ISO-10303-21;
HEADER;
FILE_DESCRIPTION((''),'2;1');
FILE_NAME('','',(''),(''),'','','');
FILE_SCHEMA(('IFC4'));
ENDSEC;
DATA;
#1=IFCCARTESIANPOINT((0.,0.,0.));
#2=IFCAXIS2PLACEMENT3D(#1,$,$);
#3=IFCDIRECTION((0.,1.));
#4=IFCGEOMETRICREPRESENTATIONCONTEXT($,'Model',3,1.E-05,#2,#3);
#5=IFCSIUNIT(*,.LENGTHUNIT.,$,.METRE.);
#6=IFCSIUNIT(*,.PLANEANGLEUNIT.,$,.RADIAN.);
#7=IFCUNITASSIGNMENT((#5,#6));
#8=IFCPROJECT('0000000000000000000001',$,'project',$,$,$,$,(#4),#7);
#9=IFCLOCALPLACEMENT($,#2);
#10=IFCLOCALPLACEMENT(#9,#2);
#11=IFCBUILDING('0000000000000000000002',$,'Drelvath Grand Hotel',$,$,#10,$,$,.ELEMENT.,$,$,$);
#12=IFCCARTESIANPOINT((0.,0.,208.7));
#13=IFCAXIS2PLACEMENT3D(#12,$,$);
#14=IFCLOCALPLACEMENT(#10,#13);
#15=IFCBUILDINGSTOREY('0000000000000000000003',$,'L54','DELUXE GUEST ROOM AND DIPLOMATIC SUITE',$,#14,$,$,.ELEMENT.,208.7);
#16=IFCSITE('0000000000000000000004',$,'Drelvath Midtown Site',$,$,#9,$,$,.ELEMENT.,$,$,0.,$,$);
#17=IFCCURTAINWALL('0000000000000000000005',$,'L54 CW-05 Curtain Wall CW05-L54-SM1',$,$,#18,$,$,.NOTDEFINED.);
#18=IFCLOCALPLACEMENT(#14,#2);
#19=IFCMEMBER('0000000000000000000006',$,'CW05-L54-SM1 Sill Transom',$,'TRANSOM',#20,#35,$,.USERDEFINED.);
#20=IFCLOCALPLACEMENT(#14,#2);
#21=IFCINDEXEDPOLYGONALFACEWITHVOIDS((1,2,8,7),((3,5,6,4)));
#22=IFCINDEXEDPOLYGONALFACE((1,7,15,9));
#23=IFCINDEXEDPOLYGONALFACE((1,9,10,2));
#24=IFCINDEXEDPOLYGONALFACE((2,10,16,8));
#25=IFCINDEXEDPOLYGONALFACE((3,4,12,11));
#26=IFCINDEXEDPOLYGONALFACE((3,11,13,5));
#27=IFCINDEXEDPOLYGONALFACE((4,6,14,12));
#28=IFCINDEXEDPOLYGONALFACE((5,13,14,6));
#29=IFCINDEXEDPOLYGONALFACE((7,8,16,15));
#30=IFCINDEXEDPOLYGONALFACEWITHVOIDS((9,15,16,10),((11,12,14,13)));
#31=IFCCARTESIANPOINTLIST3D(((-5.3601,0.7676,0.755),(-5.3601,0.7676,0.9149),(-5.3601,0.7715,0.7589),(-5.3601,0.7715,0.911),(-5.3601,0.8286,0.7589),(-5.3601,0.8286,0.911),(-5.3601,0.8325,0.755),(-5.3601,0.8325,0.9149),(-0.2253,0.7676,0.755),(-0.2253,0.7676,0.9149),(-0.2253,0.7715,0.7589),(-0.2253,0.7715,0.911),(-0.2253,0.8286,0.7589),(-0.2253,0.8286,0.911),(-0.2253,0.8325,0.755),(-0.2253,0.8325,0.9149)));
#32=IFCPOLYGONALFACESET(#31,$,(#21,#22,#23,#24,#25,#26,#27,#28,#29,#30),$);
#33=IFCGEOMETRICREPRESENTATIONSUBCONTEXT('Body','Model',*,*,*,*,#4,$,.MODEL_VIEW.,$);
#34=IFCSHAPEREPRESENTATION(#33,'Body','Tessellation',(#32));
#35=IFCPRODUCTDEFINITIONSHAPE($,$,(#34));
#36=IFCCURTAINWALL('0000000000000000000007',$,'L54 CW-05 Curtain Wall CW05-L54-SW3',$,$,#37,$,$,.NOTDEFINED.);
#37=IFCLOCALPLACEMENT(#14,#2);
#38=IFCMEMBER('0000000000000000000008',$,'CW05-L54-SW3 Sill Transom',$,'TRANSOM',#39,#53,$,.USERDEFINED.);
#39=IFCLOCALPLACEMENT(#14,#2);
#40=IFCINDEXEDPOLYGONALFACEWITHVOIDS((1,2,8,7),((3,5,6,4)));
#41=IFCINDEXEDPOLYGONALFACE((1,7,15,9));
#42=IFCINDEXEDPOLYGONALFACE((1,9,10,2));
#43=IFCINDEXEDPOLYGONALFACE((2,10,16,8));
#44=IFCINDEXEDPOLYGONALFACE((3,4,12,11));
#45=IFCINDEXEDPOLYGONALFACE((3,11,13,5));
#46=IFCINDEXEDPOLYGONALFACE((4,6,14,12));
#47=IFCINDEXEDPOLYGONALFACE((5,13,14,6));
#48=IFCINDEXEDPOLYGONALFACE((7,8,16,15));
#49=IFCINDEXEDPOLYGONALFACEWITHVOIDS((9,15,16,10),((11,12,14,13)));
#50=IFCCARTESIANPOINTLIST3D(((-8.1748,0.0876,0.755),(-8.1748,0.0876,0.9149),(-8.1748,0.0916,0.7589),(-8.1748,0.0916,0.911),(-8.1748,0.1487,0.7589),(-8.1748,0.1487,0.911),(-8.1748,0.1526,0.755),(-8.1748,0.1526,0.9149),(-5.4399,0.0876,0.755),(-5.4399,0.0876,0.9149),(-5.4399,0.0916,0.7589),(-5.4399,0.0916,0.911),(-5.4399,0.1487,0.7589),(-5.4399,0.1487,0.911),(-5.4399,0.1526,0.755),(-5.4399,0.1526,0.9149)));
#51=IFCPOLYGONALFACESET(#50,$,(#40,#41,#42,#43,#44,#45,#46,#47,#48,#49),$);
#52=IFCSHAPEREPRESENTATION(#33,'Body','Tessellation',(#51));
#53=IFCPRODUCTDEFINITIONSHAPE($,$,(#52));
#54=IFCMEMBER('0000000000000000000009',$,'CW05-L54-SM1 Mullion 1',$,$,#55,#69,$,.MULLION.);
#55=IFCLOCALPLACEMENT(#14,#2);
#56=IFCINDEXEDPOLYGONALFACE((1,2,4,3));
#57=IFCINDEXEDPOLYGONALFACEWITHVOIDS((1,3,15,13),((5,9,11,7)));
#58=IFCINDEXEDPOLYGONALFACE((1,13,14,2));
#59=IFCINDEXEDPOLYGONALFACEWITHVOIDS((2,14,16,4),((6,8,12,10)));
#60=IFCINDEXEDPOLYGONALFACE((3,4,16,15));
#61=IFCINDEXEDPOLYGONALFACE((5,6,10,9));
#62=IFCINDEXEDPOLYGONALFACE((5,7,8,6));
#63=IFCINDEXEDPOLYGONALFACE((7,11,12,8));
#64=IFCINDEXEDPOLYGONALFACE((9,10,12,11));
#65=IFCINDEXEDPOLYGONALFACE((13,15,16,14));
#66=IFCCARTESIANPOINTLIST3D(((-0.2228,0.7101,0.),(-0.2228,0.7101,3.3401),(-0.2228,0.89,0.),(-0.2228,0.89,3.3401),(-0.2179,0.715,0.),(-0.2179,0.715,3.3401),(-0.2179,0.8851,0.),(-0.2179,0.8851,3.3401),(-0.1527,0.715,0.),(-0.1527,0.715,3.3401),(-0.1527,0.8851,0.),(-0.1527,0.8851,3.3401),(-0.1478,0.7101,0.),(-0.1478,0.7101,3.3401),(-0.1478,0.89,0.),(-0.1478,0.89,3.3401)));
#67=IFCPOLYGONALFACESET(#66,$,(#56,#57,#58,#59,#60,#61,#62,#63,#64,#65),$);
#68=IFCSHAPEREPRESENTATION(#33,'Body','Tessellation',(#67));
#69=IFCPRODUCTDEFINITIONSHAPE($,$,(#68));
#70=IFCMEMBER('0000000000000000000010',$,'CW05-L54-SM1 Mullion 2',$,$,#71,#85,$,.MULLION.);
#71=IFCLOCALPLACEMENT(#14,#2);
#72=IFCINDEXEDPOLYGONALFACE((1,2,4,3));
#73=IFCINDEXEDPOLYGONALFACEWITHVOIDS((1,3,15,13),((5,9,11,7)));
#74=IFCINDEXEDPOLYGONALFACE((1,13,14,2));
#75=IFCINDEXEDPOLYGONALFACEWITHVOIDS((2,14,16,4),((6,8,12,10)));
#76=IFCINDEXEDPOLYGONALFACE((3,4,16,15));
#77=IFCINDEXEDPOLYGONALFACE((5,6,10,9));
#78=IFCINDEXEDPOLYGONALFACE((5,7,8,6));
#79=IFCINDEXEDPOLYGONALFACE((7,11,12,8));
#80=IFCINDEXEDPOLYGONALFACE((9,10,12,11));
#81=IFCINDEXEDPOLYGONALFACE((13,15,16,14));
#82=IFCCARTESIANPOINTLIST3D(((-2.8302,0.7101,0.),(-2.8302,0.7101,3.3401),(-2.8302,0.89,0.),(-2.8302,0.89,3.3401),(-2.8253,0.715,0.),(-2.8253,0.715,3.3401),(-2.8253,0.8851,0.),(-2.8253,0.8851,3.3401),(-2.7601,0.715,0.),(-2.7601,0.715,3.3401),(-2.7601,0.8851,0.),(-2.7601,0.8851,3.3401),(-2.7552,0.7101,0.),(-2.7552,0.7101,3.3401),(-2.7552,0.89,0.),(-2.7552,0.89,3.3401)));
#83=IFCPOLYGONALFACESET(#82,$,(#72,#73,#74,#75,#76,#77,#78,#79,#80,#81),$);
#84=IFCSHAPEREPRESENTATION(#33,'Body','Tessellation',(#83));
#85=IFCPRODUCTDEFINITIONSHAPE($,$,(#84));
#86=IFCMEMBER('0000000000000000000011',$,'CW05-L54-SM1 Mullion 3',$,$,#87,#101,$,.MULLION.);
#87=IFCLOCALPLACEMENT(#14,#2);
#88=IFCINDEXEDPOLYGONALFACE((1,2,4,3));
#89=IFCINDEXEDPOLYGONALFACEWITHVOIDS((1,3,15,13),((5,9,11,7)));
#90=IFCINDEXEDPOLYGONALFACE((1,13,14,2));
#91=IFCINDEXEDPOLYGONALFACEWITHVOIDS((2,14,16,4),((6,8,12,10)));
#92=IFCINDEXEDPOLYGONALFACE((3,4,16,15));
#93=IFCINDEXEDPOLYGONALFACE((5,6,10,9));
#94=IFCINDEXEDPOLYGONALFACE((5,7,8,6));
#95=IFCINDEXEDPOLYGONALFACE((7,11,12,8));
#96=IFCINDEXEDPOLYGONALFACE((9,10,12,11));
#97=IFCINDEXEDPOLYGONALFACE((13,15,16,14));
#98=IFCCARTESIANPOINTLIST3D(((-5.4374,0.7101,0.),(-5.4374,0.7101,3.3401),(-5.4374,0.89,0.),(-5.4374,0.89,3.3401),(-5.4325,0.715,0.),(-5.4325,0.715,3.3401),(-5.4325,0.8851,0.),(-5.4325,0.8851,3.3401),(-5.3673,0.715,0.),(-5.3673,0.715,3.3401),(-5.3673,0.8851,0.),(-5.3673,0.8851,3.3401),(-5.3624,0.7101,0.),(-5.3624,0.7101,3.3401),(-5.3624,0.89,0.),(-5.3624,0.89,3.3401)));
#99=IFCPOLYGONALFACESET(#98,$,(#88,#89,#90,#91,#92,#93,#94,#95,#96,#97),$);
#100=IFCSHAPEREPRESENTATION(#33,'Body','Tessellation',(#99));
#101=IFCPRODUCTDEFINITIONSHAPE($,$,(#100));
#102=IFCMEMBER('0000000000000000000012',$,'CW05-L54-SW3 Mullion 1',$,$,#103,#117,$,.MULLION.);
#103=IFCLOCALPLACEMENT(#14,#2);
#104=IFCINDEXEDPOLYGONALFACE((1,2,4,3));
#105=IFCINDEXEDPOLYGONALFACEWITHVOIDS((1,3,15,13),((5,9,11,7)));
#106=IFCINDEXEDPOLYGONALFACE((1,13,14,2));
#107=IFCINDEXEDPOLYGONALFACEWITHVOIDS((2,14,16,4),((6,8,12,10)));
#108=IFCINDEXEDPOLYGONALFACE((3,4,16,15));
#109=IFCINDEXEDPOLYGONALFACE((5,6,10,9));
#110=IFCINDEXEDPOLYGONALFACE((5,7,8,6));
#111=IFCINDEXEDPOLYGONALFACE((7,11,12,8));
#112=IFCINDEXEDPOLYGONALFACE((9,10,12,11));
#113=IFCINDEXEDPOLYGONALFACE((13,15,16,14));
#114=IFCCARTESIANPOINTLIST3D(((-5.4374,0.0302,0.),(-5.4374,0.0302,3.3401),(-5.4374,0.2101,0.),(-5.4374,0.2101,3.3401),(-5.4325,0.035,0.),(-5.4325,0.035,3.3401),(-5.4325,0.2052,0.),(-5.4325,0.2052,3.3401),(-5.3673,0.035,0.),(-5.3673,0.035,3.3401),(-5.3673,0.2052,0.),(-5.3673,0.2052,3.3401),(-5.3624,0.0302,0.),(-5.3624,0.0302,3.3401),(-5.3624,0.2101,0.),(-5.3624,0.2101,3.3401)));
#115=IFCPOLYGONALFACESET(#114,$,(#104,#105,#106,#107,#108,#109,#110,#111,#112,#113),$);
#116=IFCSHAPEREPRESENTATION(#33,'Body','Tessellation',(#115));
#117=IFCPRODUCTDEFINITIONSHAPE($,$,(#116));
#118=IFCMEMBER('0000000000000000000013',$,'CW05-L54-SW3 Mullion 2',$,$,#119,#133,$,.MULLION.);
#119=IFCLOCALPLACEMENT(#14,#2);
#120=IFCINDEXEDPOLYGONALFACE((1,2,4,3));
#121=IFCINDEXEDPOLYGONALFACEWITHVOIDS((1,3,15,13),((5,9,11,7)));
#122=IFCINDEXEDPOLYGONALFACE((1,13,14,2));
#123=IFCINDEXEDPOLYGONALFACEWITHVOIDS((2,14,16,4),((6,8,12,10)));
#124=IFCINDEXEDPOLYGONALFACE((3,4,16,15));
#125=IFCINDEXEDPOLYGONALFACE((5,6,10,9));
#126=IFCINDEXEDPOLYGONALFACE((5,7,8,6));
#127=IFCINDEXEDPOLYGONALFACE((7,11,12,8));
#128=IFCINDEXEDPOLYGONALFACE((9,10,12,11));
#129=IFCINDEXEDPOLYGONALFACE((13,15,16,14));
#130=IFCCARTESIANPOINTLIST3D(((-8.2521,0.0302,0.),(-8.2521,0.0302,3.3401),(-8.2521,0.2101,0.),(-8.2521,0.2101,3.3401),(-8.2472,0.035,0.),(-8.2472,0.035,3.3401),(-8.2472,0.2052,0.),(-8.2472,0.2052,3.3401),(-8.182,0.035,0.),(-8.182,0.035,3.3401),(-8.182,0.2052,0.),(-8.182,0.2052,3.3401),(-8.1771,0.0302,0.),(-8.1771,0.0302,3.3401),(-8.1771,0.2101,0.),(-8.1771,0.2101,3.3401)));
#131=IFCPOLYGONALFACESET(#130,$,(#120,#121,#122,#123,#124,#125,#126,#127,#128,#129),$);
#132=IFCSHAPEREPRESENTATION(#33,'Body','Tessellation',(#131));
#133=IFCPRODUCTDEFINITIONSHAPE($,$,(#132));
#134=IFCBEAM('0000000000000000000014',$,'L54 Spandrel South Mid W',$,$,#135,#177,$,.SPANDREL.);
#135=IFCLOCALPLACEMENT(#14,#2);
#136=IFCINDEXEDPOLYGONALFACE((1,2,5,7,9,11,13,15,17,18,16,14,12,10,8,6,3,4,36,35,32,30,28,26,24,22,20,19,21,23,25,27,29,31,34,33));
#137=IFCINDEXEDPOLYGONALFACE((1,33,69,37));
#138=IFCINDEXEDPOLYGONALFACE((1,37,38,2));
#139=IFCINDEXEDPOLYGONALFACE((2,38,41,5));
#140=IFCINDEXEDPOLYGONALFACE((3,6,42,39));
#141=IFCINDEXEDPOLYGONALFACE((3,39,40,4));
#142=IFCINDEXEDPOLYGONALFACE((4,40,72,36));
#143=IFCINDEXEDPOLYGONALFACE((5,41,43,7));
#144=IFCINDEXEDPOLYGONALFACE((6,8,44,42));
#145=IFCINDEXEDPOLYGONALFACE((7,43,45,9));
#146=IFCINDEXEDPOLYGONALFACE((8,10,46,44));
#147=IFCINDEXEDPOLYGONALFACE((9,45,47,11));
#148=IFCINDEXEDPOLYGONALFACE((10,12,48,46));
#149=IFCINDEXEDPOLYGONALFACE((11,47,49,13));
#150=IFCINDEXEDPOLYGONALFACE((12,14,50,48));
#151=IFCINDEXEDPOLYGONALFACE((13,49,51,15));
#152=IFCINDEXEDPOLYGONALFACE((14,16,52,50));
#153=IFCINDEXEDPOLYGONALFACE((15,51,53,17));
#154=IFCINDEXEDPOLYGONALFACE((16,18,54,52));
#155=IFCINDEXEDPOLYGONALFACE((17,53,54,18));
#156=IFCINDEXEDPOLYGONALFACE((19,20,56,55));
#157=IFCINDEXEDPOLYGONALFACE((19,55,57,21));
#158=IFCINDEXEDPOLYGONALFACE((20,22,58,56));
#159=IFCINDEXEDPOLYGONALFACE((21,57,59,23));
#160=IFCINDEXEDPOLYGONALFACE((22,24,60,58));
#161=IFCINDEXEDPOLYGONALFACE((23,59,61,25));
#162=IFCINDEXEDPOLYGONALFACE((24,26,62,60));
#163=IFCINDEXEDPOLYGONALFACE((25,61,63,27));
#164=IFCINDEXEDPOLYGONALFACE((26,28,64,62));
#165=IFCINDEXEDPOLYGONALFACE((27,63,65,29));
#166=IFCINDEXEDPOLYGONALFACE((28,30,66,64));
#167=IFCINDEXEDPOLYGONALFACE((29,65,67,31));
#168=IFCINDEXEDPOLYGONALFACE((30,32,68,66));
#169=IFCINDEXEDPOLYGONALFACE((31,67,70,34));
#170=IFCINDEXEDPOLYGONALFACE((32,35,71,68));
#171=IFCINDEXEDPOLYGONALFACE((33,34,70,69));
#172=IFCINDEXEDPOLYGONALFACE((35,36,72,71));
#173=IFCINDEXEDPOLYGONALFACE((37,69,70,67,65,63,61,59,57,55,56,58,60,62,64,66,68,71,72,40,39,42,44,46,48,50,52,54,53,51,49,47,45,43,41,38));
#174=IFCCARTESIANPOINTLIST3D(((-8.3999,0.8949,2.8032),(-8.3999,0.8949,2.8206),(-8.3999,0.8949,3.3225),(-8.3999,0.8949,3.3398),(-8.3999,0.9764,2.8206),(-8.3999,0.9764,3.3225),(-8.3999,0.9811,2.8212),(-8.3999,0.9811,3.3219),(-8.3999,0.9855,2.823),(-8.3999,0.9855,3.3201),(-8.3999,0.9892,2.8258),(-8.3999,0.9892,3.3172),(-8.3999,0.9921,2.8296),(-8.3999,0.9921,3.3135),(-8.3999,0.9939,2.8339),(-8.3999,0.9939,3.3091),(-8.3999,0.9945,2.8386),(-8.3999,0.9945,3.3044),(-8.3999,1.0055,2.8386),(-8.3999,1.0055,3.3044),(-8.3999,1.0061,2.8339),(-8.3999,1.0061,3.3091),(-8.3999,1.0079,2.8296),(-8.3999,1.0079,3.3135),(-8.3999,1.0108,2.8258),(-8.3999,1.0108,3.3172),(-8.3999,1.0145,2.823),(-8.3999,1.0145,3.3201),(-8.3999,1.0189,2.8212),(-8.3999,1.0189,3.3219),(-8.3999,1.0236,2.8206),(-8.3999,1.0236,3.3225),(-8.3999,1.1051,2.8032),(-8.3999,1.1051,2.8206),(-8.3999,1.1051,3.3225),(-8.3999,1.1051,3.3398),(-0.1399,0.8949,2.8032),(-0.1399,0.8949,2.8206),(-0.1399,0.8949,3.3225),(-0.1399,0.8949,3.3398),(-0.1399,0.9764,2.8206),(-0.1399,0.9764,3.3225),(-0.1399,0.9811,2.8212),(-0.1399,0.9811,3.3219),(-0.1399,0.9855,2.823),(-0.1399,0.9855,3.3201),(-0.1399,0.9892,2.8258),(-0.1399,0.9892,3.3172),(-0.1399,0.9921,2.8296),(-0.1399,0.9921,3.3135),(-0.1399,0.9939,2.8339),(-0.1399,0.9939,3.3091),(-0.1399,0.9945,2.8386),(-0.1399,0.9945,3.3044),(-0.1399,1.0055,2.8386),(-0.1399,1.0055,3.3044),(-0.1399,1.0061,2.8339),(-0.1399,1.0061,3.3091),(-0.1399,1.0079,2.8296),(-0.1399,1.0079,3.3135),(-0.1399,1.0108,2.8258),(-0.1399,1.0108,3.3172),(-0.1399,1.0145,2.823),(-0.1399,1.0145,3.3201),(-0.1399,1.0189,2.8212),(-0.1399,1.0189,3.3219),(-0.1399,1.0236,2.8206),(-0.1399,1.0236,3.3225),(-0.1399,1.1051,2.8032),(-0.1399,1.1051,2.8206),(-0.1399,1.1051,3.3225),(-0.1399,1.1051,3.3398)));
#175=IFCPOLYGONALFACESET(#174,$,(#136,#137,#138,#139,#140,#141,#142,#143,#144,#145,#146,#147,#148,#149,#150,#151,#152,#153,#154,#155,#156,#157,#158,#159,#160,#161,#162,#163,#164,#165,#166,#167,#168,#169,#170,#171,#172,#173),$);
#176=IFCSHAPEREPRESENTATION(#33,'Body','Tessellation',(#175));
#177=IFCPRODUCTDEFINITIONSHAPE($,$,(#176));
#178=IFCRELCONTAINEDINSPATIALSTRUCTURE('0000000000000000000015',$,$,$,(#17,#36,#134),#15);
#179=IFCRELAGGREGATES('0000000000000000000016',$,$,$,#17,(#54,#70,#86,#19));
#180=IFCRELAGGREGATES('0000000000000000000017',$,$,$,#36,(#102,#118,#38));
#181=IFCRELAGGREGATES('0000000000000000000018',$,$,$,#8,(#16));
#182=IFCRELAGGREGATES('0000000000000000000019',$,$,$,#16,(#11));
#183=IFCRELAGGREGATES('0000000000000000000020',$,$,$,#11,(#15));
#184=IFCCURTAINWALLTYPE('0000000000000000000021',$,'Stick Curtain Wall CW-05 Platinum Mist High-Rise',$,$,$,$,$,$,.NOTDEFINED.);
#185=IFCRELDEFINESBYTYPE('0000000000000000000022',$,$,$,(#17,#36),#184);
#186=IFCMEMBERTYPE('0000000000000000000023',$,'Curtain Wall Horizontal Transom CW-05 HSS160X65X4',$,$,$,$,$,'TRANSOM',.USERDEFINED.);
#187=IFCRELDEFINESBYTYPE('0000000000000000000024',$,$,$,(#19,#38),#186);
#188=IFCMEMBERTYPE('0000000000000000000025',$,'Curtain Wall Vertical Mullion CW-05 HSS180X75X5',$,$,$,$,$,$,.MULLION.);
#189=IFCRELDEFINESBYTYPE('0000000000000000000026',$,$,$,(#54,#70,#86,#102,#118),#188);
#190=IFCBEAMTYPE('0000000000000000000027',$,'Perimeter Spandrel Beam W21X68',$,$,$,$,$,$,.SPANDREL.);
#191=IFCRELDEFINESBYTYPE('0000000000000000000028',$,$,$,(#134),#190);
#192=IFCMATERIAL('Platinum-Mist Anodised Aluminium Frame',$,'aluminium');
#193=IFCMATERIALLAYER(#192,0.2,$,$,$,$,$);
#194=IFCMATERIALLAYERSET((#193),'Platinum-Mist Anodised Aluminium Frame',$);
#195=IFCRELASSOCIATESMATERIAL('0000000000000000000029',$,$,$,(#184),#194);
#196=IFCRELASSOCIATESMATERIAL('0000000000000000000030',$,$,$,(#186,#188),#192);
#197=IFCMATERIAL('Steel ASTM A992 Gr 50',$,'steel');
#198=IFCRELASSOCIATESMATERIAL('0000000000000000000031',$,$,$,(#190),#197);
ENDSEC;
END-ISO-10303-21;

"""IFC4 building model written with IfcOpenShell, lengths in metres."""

from ifc_helpers import new_model, si_unit, direction, frame, origin, origin_2d, place, context, subcontext, project, spatial, hollow_rectangle, i_section, extrude, material, layer, layer_set, material_profile, profile_set, type_object, element, aggregate, save


model = new_model("IFC4")

# Units and contexts
model_context = context("Model", 3, precision=1e-05, world=origin(), true_north=direction((0.0, 1.0)))
body_context = subcontext(model_context, "Body", "Model", "MODEL_VIEW")
ifc_project = project(units=[si_unit("LENGTHUNIT", "METRE"), si_unit("PLANEANGLEUNIT", "RADIAN")], contexts=[model_context])

# Site, building, storey
site_placement = place(None, origin())
site = spatial("IfcSite", under=ifc_project, at=site_placement, Name="Drelvath Midtown Site", CompositionType="ELEMENT", RefElevation=0.0)
building_placement = place(site_placement, origin())
building = spatial("IfcBuilding", under=site, at=building_placement, Name="Drelvath Grand Hotel", CompositionType="ELEMENT")
storey_placement = place(building_placement, frame((0.0, 0.0, 208.7)))
storey = spatial("IfcBuildingStorey", under=building, at=storey_placement, Name="L54", Description="DELUXE GUEST ROOM AND DIPLOMATIC SUITE", CompositionType="ELEMENT", Elevation=208.7)

# Curtain walls, members
ifc_material_1 = material(Name="Platinum-Mist Anodised Aluminium Frame", Category="aluminium")
ifc_layer_1 = layer(ifc_material_1, 0.2)
ifc_layer_set_1 = layer_set([ifc_layer_1], Name="Platinum-Mist Anodised Aluminium Frame")
curtain_wall_type = type_object("IfcCurtainWallType", Name="Stick Curtain Wall CW-05 Platinum Mist High-Rise", PredefinedType="NOTDEFINED", material=ifc_layer_set_1)
curtain_wall_1_placement = place(storey_placement, origin())
curtain_wall_1 = element("IfcCurtainWall", 1, at=curtain_wall_1_placement, inside=storey, type_object=curtain_wall_type, Name="L54 CW-05 Curtain Wall CW05-L54-SM1", PredefinedType="NOTDEFINED")
ifc_material_profile_1 = material_profile(ifc_material_1, hollow_rectangle(XDim=0.0649, YDim=0.1599, WallThickness=0.0039, at=origin_2d()), Name="HSS160X65X4")
ifc_profile_set_1 = profile_set([ifc_material_profile_1], Name="Platinum-Mist Anodised Aluminium Frame")
member_type_1 = type_object("IfcMemberType", Name="Curtain Wall Horizontal Transom CW-05 HSS160X65X4", ElementType="TRANSOM", PredefinedType="USERDEFINED", material=ifc_profile_set_1)
member_1_placement = place(storey_placement, frame((-0.2253, 0.8, 0.835), z_axis=(-1.0, 0.0, 0.0), x_axis=(0.0, -1.0, 0.0)))
member_1 = element("IfcMember", 2, at=member_1_placement, type_object=member_type_1, Name="CW05-L54-SM1 Sill Transom", ObjectType="TRANSOM", PredefinedType="USERDEFINED", context=body_context, shape_type="SweptSolid", body=[
    extrude(hollow_rectangle(XDim=0.0649, YDim=0.1599, WallThickness=0.0039, at=origin_2d()), origin(), (0.0, 0.0, 1.0), 5.1348),
])
curtain_wall_2_placement = place(storey_placement, origin())
curtain_wall_2 = element("IfcCurtainWall", 3, at=curtain_wall_2_placement, inside=storey, type_object=curtain_wall_type, Name="L54 CW-05 Curtain Wall CW05-L54-SW3", PredefinedType="NOTDEFINED")
member_2_placement = place(storey_placement, frame((-5.4399, 0.1201, 0.835), z_axis=(-1.0, 0.0, 0.0), x_axis=(0.0, -1.0, 0.0)))
member_2 = element("IfcMember", 4, at=member_2_placement, type_object=member_type_1, Name="CW05-L54-SW3 Sill Transom", ObjectType="TRANSOM", PredefinedType="USERDEFINED", context=body_context, shape_type="SweptSolid", body=[
    extrude(hollow_rectangle(XDim=0.0649, YDim=0.1599, WallThickness=0.0039, at=origin_2d()), origin(), (0.0, 0.0, 1.0), 2.7349),
])

# Members
ifc_material_profile_2 = material_profile(ifc_material_1, hollow_rectangle(XDim=0.075, YDim=0.1799, WallThickness=0.0049, at=origin_2d()), Name="HSS180X75X5")
ifc_profile_set_2 = profile_set([ifc_material_profile_2], Name="Platinum-Mist Anodised Aluminium Frame")
member_type_2 = type_object("IfcMemberType", Name="Curtain Wall Vertical Mullion CW-05 HSS180X75X5", PredefinedType="MULLION", material=ifc_profile_set_2)
member_3_placement = place(storey_placement, frame((-0.1853, 0.8, 0.0), z_axis=(0.0, 0.0, 1.0), x_axis=(1.0, 0.0, 0.0)))
member_3 = element("IfcMember", 5, at=member_3_placement, type_object=member_type_2, Name="CW05-L54-SM1 Mullion 1", PredefinedType="MULLION", context=body_context, shape_type="SweptSolid", body=[
    extrude(hollow_rectangle(XDim=0.075, YDim=0.1799, WallThickness=0.0049, at=origin_2d()), origin(), (0.0, 0.0, 1.0), 3.3401),
])
member_4_placement = place(storey_placement, frame((-2.7927, 0.8, 0.0), z_axis=(0.0, 0.0, 1.0), x_axis=(1.0, 0.0, 0.0)))
member_4 = element("IfcMember", 6, at=member_4_placement, type_object=member_type_2, Name="CW05-L54-SM1 Mullion 2", PredefinedType="MULLION", context=body_context, shape_type="SweptSolid", body=[
    extrude(hollow_rectangle(XDim=0.075, YDim=0.1799, WallThickness=0.0049, at=origin_2d()), origin(), (0.0, 0.0, 1.0), 3.3401),
])
member_5_placement = place(storey_placement, frame((-5.3999, 0.8, 0.0), z_axis=(0.0, 0.0, 1.0), x_axis=(1.0, 0.0, 0.0)))
member_5 = element("IfcMember", 7, at=member_5_placement, type_object=member_type_2, Name="CW05-L54-SM1 Mullion 3", PredefinedType="MULLION", context=body_context, shape_type="SweptSolid", body=[
    extrude(hollow_rectangle(XDim=0.075, YDim=0.1799, WallThickness=0.0049, at=origin_2d()), origin(), (0.0, 0.0, 1.0), 3.3401),
])
member_6_placement = place(storey_placement, frame((-5.3999, 0.1201, 0.0), z_axis=(0.0, 0.0, 1.0), x_axis=(1.0, 0.0, 0.0)))
member_6 = element("IfcMember", 8, at=member_6_placement, type_object=member_type_2, Name="CW05-L54-SW3 Mullion 1", PredefinedType="MULLION", context=body_context, shape_type="SweptSolid", body=[
    extrude(hollow_rectangle(XDim=0.075, YDim=0.1799, WallThickness=0.0049, at=origin_2d()), origin(), (0.0, 0.0, 1.0), 3.3401),
])
member_7_placement = place(storey_placement, frame((-8.2146, 0.1201, 0.0), z_axis=(0.0, 0.0, 1.0), x_axis=(1.0, 0.0, 0.0)))
member_7 = element("IfcMember", 9, at=member_7_placement, type_object=member_type_2, Name="CW05-L54-SW3 Mullion 2", PredefinedType="MULLION", context=body_context, shape_type="SweptSolid", body=[
    extrude(hollow_rectangle(XDim=0.075, YDim=0.1799, WallThickness=0.0049, at=origin_2d()), origin(), (0.0, 0.0, 1.0), 3.3401),
])

# Beam
ifc_material_2 = material(Name="Steel ASTM A992 Gr 50", Category="steel")
ifc_material_profile_3 = material_profile(ifc_material_2, i_section(OverallWidth=0.2102, OverallDepth=0.5366, WebThickness=0.011, FlangeThickness=0.0173, FilletRadius=0.0181, at=origin_2d()), Name="W21X68")
ifc_profile_set_3 = profile_set([ifc_material_profile_3], Name="Steel ASTM A992 Gr 50")
beam_type_1 = type_object("IfcBeamType", Name="Perimeter Spandrel Beam W21X68", PredefinedType="SPANDREL", material=ifc_profile_set_3)
beam_1_placement = place(storey_placement, frame((-8.3999, 1.0, 3.0715), z_axis=(1.0, 0.0, 0.0), x_axis=(0.0, 1.0, 0.0)))
element("IfcBeam", 10, at=beam_1_placement, inside=storey, type_object=beam_type_1, Name="L54 Spandrel South Mid W", PredefinedType="SPANDREL", context=body_context, shape_type="SweptSolid", body=[
    extrude(i_section(OverallWidth=0.2102, OverallDepth=0.5366, WebThickness=0.011, FlangeThickness=0.0173, FilletRadius=0.0181, at=origin_2d()), origin(), (0.0, 0.0, 1.0), 8.26),
])

aggregate(curtain_wall_1, [member_3, member_4, member_5, member_1])
aggregate(curtain_wall_2, [member_6, member_7, member_2])

save(model, "model.ifc")
